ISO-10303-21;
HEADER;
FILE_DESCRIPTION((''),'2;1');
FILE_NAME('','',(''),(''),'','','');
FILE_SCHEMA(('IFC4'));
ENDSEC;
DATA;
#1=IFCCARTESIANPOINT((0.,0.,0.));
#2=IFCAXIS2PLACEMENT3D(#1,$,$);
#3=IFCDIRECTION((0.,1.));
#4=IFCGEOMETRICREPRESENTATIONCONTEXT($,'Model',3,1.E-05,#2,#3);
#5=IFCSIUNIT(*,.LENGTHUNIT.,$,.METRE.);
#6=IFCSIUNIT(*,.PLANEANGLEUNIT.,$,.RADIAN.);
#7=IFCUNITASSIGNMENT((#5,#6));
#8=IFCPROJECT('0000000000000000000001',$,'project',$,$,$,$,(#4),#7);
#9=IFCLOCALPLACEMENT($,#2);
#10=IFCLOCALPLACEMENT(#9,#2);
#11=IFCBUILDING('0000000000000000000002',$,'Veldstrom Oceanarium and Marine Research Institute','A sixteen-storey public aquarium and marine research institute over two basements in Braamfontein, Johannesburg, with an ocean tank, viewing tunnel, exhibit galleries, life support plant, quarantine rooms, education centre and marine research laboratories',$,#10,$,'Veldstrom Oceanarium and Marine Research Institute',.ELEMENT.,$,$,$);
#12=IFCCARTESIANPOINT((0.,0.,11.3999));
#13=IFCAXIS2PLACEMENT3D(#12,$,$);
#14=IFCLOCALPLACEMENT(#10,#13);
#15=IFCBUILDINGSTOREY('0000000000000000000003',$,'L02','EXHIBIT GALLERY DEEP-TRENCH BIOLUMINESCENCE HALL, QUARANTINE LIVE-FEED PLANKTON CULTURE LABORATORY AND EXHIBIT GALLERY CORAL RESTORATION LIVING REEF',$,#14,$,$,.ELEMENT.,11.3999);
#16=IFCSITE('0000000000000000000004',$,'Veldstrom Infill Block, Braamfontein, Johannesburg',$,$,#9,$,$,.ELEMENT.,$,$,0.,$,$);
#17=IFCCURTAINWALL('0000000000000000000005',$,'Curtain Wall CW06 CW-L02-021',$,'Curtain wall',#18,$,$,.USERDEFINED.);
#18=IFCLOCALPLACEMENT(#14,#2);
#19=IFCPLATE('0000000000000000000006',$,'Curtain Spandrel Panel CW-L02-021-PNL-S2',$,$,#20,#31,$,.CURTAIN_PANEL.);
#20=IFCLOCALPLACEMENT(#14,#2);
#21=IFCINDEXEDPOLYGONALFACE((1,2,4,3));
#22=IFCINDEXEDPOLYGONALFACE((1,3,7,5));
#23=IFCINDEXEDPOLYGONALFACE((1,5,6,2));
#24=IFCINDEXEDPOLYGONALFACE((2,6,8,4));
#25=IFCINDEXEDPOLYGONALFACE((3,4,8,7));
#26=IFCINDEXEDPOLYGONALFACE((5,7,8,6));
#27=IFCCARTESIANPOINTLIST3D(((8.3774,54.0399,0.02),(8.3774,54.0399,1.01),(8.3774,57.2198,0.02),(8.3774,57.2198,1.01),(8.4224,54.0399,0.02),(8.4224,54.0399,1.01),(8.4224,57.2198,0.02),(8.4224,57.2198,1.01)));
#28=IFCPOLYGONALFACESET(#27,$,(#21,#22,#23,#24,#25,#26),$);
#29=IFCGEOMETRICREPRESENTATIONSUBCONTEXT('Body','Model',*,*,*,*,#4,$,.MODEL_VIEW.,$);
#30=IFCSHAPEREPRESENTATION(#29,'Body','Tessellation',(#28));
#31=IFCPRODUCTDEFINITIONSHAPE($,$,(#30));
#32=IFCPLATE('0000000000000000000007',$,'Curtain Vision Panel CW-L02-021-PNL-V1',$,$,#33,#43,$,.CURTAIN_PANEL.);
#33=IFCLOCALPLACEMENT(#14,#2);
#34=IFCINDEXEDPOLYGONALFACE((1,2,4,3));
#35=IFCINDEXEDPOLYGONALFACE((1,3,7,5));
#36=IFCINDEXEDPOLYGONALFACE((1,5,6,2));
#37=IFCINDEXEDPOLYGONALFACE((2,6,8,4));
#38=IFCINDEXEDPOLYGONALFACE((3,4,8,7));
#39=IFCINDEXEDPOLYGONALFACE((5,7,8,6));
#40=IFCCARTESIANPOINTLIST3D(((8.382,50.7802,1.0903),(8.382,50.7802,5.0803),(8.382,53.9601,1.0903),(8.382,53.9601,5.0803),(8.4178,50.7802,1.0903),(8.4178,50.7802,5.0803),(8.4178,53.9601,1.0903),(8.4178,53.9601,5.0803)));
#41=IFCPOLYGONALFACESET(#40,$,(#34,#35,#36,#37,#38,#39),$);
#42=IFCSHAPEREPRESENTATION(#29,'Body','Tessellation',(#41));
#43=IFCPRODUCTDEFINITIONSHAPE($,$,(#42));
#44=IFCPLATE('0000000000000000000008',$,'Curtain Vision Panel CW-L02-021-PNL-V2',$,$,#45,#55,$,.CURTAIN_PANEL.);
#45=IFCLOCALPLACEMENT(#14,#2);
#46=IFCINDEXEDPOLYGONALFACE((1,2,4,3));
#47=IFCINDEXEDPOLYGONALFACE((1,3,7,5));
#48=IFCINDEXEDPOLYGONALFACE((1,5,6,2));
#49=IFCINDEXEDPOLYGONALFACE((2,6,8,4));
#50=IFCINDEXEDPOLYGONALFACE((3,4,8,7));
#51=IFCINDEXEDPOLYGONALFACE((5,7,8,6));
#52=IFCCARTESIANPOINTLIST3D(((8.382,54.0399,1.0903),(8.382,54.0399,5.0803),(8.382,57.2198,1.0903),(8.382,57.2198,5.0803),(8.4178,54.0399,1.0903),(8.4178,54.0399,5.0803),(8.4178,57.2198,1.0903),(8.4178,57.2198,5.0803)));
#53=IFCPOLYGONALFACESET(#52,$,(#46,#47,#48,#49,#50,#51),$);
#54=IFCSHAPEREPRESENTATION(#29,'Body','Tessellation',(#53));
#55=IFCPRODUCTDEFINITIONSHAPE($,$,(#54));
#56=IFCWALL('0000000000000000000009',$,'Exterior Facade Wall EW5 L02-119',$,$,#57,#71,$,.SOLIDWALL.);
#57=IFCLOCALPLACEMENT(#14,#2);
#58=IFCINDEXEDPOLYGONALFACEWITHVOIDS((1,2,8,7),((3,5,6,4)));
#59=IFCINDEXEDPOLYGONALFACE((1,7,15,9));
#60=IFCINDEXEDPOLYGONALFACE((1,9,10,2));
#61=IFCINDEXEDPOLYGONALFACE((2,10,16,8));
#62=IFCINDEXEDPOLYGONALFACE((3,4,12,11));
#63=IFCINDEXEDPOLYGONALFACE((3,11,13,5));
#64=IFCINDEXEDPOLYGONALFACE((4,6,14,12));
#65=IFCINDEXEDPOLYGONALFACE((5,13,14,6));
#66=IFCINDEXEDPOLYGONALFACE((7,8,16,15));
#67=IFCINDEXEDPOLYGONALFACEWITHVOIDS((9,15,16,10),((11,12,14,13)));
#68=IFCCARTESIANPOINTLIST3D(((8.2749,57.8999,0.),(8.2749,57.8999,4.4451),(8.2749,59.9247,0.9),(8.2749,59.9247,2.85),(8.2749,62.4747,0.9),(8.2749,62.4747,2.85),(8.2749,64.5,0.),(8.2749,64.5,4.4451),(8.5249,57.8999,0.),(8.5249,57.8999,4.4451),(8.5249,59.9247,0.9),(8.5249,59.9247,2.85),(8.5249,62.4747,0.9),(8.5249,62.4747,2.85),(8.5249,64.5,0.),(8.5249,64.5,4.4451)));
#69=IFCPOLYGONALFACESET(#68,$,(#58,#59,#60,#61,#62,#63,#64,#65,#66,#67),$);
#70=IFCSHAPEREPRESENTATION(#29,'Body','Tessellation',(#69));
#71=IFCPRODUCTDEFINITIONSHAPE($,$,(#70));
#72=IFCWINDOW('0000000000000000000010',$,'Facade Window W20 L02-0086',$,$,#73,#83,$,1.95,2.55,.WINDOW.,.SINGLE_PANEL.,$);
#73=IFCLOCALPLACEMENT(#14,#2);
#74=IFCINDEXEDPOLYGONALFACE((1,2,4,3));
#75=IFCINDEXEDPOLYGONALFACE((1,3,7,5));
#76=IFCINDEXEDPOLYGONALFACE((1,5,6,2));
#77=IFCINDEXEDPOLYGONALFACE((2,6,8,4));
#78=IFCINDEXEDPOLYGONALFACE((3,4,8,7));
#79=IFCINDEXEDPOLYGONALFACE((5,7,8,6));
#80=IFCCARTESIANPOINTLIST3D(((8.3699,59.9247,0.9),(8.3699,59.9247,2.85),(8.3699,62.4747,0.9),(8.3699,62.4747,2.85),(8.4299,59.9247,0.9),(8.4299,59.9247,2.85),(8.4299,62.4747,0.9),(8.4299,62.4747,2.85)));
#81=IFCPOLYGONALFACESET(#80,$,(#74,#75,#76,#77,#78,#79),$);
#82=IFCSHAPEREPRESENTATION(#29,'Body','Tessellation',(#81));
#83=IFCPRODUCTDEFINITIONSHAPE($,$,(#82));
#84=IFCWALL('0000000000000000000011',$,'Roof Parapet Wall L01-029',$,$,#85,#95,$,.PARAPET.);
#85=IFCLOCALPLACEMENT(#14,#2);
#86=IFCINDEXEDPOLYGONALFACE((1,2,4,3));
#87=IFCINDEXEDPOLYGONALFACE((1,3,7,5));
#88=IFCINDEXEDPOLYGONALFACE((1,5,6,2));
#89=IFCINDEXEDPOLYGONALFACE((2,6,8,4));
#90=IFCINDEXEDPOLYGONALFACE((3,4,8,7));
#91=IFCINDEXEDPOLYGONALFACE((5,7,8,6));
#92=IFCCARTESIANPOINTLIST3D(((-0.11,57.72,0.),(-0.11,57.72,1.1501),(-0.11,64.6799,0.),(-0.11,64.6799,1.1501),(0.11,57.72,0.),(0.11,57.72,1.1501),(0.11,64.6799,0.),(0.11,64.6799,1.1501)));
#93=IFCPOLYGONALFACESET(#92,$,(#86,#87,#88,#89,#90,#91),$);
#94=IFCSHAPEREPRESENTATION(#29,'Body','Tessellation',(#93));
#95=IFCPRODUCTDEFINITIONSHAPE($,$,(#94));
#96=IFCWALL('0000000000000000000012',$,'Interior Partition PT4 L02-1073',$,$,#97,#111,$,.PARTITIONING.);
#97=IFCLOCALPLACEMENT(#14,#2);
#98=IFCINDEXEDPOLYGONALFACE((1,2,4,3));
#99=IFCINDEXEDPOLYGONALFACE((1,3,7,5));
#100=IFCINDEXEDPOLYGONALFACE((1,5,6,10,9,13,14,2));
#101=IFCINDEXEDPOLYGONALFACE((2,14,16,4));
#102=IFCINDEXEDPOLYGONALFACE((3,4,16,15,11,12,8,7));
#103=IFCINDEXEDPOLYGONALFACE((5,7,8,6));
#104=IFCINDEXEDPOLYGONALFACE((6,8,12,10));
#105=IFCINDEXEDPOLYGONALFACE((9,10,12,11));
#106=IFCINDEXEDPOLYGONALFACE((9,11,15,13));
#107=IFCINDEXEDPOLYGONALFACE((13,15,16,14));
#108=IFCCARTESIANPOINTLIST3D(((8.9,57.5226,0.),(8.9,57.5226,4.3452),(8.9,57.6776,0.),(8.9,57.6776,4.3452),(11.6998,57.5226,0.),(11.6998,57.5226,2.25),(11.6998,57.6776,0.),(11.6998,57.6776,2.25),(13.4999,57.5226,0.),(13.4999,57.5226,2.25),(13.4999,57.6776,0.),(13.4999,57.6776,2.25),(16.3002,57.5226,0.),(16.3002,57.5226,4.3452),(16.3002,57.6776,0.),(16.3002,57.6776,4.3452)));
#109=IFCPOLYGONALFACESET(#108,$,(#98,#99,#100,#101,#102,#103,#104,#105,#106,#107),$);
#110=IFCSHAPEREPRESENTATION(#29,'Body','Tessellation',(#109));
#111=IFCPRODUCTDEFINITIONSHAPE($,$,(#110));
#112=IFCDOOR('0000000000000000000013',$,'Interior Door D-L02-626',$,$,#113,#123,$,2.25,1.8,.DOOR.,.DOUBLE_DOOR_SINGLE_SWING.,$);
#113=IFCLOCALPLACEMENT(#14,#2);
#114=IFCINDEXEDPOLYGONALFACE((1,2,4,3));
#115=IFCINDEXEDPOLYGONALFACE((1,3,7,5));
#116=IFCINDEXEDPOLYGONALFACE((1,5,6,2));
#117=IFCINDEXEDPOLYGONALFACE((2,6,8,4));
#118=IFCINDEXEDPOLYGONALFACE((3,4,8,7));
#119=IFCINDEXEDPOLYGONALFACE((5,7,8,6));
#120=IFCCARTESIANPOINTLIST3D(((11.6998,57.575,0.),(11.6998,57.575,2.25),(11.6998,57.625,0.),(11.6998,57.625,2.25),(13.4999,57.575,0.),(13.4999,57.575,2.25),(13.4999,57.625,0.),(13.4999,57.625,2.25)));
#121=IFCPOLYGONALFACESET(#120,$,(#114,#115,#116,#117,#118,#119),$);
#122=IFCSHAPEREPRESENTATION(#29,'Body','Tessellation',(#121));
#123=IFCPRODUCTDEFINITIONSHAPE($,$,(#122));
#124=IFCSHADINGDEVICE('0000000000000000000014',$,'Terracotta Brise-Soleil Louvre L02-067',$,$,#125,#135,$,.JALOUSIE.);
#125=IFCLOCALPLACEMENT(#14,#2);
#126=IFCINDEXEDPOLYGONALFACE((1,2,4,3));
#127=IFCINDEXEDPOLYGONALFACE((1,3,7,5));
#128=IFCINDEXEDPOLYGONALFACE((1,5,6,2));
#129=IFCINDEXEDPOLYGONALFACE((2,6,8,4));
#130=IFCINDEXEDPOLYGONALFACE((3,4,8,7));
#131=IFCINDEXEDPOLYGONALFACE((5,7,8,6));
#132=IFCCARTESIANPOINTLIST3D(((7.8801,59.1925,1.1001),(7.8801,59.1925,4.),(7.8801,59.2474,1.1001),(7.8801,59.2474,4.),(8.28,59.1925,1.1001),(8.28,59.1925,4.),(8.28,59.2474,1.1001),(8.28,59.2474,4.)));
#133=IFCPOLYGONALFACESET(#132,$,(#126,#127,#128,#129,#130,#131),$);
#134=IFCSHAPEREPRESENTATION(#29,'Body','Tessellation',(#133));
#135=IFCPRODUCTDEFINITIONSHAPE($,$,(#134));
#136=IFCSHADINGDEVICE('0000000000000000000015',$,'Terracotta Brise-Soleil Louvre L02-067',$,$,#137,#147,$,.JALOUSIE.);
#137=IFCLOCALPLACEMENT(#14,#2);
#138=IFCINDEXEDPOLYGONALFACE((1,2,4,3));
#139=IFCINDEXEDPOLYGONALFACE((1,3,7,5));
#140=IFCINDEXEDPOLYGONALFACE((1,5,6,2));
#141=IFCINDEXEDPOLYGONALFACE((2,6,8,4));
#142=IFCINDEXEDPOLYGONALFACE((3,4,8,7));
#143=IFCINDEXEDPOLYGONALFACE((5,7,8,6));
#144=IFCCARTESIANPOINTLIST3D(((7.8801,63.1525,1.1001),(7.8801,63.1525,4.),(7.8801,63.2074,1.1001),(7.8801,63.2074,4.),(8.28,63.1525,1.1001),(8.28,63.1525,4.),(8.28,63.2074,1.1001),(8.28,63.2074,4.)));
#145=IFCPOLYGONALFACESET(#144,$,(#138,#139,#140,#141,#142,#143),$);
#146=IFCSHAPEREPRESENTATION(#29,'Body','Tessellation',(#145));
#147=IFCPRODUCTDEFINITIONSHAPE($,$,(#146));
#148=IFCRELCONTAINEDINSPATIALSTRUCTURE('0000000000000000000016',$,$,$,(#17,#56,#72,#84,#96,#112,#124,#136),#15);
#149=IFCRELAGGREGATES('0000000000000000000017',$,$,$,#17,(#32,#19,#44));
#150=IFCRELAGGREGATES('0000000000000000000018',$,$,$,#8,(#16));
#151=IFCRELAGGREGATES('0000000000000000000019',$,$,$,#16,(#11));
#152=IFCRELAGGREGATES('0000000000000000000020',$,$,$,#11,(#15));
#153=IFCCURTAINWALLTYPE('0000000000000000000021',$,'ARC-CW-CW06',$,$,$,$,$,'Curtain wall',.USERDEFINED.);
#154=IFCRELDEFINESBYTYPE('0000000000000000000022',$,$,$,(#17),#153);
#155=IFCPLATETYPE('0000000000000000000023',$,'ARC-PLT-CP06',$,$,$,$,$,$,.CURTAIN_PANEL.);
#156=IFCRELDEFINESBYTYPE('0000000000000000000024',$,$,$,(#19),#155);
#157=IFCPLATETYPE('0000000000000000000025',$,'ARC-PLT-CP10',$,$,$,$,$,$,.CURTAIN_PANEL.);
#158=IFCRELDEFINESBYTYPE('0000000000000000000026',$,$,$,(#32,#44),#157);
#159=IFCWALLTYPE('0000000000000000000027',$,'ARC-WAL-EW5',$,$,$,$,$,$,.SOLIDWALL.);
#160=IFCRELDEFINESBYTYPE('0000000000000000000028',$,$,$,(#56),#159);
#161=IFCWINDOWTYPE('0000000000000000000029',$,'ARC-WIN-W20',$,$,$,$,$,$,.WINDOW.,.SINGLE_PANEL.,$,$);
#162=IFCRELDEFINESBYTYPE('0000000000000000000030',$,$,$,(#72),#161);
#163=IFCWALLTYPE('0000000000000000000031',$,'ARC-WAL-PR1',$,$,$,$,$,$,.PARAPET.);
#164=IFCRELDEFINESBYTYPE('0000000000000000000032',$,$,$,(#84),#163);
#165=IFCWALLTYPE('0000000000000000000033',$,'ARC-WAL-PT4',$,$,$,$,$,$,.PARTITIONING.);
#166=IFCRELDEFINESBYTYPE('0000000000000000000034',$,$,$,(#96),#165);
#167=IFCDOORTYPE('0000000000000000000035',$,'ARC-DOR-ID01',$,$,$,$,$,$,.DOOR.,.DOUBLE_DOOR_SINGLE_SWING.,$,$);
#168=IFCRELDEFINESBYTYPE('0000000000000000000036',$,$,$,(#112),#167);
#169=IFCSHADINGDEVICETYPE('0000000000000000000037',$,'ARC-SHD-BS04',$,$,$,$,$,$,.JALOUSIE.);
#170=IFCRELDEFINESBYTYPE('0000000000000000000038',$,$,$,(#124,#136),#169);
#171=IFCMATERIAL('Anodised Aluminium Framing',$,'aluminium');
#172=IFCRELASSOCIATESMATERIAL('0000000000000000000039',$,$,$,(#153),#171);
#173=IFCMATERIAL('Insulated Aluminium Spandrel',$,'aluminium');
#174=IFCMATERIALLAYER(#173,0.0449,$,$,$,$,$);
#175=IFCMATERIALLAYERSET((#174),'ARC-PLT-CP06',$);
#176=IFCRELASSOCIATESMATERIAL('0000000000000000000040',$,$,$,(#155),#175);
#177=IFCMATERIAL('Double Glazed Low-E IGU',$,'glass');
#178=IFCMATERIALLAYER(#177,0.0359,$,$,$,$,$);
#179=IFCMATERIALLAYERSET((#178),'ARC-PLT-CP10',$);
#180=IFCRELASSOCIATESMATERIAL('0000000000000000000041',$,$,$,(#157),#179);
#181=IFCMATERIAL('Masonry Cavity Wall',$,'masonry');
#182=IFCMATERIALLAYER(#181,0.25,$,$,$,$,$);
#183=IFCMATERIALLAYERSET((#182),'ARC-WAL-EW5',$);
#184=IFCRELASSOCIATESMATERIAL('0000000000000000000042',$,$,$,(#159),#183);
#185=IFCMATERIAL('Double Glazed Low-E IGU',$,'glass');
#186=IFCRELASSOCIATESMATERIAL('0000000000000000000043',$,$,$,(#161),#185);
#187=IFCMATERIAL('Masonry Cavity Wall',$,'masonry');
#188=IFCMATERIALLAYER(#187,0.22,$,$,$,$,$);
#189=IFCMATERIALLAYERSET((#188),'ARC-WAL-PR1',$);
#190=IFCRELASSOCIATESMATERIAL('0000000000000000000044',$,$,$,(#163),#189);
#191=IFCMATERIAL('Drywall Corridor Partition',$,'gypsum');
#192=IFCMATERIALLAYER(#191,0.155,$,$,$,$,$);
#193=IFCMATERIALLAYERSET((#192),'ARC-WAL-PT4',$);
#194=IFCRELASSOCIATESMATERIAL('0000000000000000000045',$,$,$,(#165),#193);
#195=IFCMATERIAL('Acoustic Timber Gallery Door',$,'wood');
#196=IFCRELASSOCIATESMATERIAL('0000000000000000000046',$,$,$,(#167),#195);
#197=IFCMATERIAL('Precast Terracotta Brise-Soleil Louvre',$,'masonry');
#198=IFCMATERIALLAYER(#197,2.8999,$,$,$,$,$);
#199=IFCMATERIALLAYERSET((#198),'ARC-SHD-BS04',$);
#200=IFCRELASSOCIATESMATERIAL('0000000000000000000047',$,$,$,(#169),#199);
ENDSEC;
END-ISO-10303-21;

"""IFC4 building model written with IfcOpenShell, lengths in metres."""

from ifc_helpers import new_model, si_unit, direction, frame, frame_2d, origin, origin_2d, place, context, subcontext, project, spatial, rectangle, extrude, material, layer, layer_set, type_object, element, fill, aggregate, save


model = new_model("IFC4")

# Units and contexts
model_context = context("Model", 3, precision=1e-05, world=origin(), true_north=direction((0.0, 1.0)))
body_context = subcontext(model_context, "Body", "Model", "MODEL_VIEW")
ifc_project = project(units=[si_unit("LENGTHUNIT", "METRE"), si_unit("PLANEANGLEUNIT", "RADIAN")], contexts=[model_context])

# Site, building, storey
site_placement = place(None, origin())
site = spatial("IfcSite", under=ifc_project, at=site_placement, Name="Veldstrom Infill Block, Braamfontein, Johannesburg", CompositionType="ELEMENT", RefElevation=0.0)
building_placement = place(site_placement, origin())
building = spatial("IfcBuilding", under=site, at=building_placement, Name="Veldstrom Oceanarium and Marine Research Institute", Description="A sixteen-storey public aquarium and marine research institute over two basements in Braamfontein, Johannesburg, with an ocean tank, viewing tunnel, exhibit galleries, life support plant, quarantine rooms, education centre and marine research laboratories", LongName="Veldstrom Oceanarium and Marine Research Institute", CompositionType="ELEMENT")
storey_placement = place(building_placement, frame((0.0, 0.0, 11.3999)))
storey = spatial("IfcBuildingStorey", under=building, at=storey_placement, Name="L02", Description="EXHIBIT GALLERY DEEP-TRENCH BIOLUMINESCENCE HALL, QUARANTINE LIVE-FEED PLANKTON CULTURE LABORATORY AND EXHIBIT GALLERY CORAL RESTORATION LIVING REEF", CompositionType="ELEMENT", Elevation=11.3999)

# Curtain wall
ifc_material_1 = material(Name="Anodised Aluminium Framing", Category="aluminium")
curtain_wall_type = type_object("IfcCurtainWallType", Name="ARC-CW-CW06", ElementType="Curtain wall", PredefinedType="USERDEFINED", material=ifc_material_1)
curtain_wall_placement = place(storey_placement, origin())
curtain_wall = element("IfcCurtainWall", 1, at=curtain_wall_placement, inside=storey, type_object=curtain_wall_type, Name="Curtain Wall CW06 CW-L02-021", ObjectType="Curtain wall", PredefinedType="USERDEFINED")

# Plates
ifc_material_2 = material(Name="Insulated Aluminium Spandrel", Category="aluminium")
ifc_layer_1 = layer(ifc_material_2, 0.0449)
ifc_layer_set_1 = layer_set([ifc_layer_1], Name="ARC-PLT-CP06")
plate_type_1 = type_object("IfcPlateType", Name="ARC-PLT-CP06", PredefinedType="CURTAIN_PANEL", material=ifc_layer_set_1)
plate_1_placement = place(storey_placement, frame((8.3999, 55.6299, 0.02), z_axis=(0.0, 0.0, 1.0), x_axis=(0.0, 1.0, 0.0)))
plate_1 = element("IfcPlate", 2, at=plate_1_placement, type_object=plate_type_1, Name="Curtain Spandrel Panel CW-L02-021-PNL-S2", PredefinedType="CURTAIN_PANEL", context=body_context, shape_type="SweptSolid", body=[
    extrude(rectangle(XDim=3.1799, YDim=0.0449, at=origin_2d()), origin(), (0.0, 0.0, 1.0), 0.99),
])
ifc_material_3 = material(Name="Double Glazed Low-E IGU", Category="glass")
ifc_layer_2 = layer(ifc_material_3, 0.0359)
ifc_layer_set_2 = layer_set([ifc_layer_2], Name="ARC-PLT-CP10")
plate_type_2 = type_object("IfcPlateType", Name="ARC-PLT-CP10", PredefinedType="CURTAIN_PANEL", material=ifc_layer_set_2)
plate_2_placement = place(storey_placement, frame((8.3999, 52.3701, 1.0903), z_axis=(0.0, 0.0, 1.0), x_axis=(0.0, 1.0, 0.0)))
plate_2 = element("IfcPlate", 3, at=plate_2_placement, type_object=plate_type_2, Name="Curtain Vision Panel CW-L02-021-PNL-V1", PredefinedType="CURTAIN_PANEL", context=body_context, shape_type="SweptSolid", body=[
    extrude(rectangle(XDim=3.1799, YDim=0.0359, at=origin_2d()), origin(), (0.0, 0.0, 1.0), 3.99),
])
plate_3_placement = place(storey_placement, frame((8.3999, 55.6299, 1.0903), z_axis=(0.0, 0.0, 1.0), x_axis=(0.0, 1.0, 0.0)))
plate_3 = element("IfcPlate", 4, at=plate_3_placement, type_object=plate_type_2, Name="Curtain Vision Panel CW-L02-021-PNL-V2", PredefinedType="CURTAIN_PANEL", context=body_context, shape_type="SweptSolid", body=[
    extrude(rectangle(XDim=3.1799, YDim=0.0359, at=origin_2d()), origin(), (0.0, 0.0, 1.0), 3.99),
])
aggregate(curtain_wall, [plate_2, plate_1, plate_3])

# Wall, opening, window
ifc_material_4 = material(Name="Masonry Cavity Wall", Category="masonry")
ifc_layer_3 = layer(ifc_material_4, 0.25)
ifc_layer_set_3 = layer_set([ifc_layer_3], Name="ARC-WAL-EW5")
wall_type_1 = type_object("IfcWallType", Name="ARC-WAL-EW5", PredefinedType="SOLIDWALL", material=ifc_layer_set_3)
wall_1_placement = place(storey_placement, frame((8.3999, 57.8999, 0.0), z_axis=(0.0, 0.0, 1.0), x_axis=(0.0, 1.0, 0.0)))
wall_1 = element("IfcWall", 5, at=wall_1_placement, inside=storey, type_object=wall_type_1, Name="Exterior Facade Wall EW5 L02-119", PredefinedType="SOLIDWALL", context=body_context, shape_type="SweptSolid", body=[
    extrude(rectangle(XDim=6.6001, YDim=0.25, at=frame_2d((3.3, 0.0))), origin(), (0.0, 0.0, 1.0), 4.4451),
])
opening_1_placement = place(wall_1_placement, frame((2.0249, 0.0, 0.8999)))
opening_1 = element("IfcOpeningElement", 6, at=opening_1_placement, cuts=wall_1, PredefinedType="OPENING", context=body_context, shape_type="SweptSolid", body=[
    extrude(rectangle(XDim=2.55, YDim=1.95, at=frame_2d((1.2749, 0.9751))), frame((0.0, 0.135, 0.0), z_axis=(0.0, -1.0, 0.0), x_axis=(1.0, 0.0, 0.0)), (0.0, 0.0, 1.0), 0.27),
])
ifc_material_5 = material(Name="Double Glazed Low-E IGU", Category="glass")
window_type = type_object("IfcWindowType", Name="ARC-WIN-W20", PartitioningType="SINGLE_PANEL", PredefinedType="WINDOW", material=ifc_material_5)
window_placement = place(opening_1_placement, origin())
window = element("IfcWindow", 7, at=window_placement, inside=storey, type_object=window_type, Name="Facade Window W20 L02-0086", OverallHeight=1.95, OverallWidth=2.55, PartitioningType="SINGLE_PANEL", PredefinedType="WINDOW", context=body_context, shape_type="SweptSolid", body=[
    extrude(rectangle(XDim=2.55, YDim=1.95, at=frame_2d((1.2749, 0.9751))), frame((0.0, 0.03, 0.0), z_axis=(0.0, -1.0, 0.0), x_axis=(1.0, 0.0, 0.0)), (0.0, 0.0, 1.0), 0.0601),
])
fill(opening_1, window)

# Wall
ifc_material_6 = material(Name="Masonry Cavity Wall", Category="masonry")
ifc_layer_4 = layer(ifc_material_6, 0.22)
ifc_layer_set_4 = layer_set([ifc_layer_4], Name="ARC-WAL-PR1")
wall_type_2 = type_object("IfcWallType", Name="ARC-WAL-PR1", PredefinedType="PARAPET", material=ifc_layer_set_4)
wall_2_placement = place(storey_placement, frame((0.0, 57.72, 0.0), z_axis=(0.0, 0.0, 1.0), x_axis=(0.0, 1.0, 0.0)))
element("IfcWall", 8, at=wall_2_placement, inside=storey, type_object=wall_type_2, Name="Roof Parapet Wall L01-029", PredefinedType="PARAPET", context=body_context, shape_type="SweptSolid", body=[
    extrude(rectangle(XDim=6.96, YDim=0.22, at=frame_2d((3.48, 0.0))), origin(), (0.0, 0.0, 1.0), 1.1501),
])

# Wall, opening, door
ifc_material_7 = material(Name="Drywall Corridor Partition", Category="gypsum")
ifc_layer_5 = layer(ifc_material_7, 0.155)
ifc_layer_set_5 = layer_set([ifc_layer_5], Name="ARC-WAL-PT4")
wall_type_3 = type_object("IfcWallType", Name="ARC-WAL-PT4", PredefinedType="PARTITIONING", material=ifc_layer_set_5)
wall_3_placement = place(storey_placement, frame((8.8999, 57.6001, 0.0), z_axis=(0.0, 0.0, 1.0), x_axis=(1.0, 0.0, 0.0)))
wall_3 = element("IfcWall", 9, at=wall_3_placement, inside=storey, type_object=wall_type_3, Name="Interior Partition PT4 L02-1073", PredefinedType="PARTITIONING", context=body_context, shape_type="SweptSolid", body=[
    extrude(rectangle(XDim=7.4001, YDim=0.155, at=frame_2d((3.7002, 0.0))), origin(), (0.0, 0.0, 1.0), 4.3452),
])
opening_2_placement = place(wall_3_placement, frame((2.8, 0.0, 0.0)))
opening_2 = element("IfcOpeningElement", 10, at=opening_2_placement, cuts=wall_3, PredefinedType="OPENING", context=body_context, shape_type="SweptSolid", body=[
    extrude(rectangle(XDim=1.8, YDim=2.25, at=frame_2d((0.8999, 1.125))), frame((0.0, 0.0874, 0.0), z_axis=(0.0, -1.0, 0.0), x_axis=(1.0, 0.0, 0.0)), (0.0, 0.0, 1.0), 0.175),
])
ifc_material_8 = material(Name="Acoustic Timber Gallery Door", Category="wood")
door_type = type_object("IfcDoorType", Name="ARC-DOR-ID01", OperationType="DOUBLE_DOOR_SINGLE_SWING", PredefinedType="DOOR", material=ifc_material_8)
door_placement = place(opening_2_placement, origin())
door = element("IfcDoor", 11, at=door_placement, inside=storey, type_object=door_type, Name="Interior Door D-L02-626", OperationType="DOUBLE_DOOR_SINGLE_SWING", OverallHeight=2.25, OverallWidth=1.8, PredefinedType="DOOR", context=body_context, shape_type="SweptSolid", body=[
    extrude(rectangle(XDim=1.8, YDim=2.25, at=frame_2d((0.8999, 1.125))), frame((0.0, 0.0249, 0.0), z_axis=(0.0, -1.0, 0.0), x_axis=(1.0, 0.0, 0.0)), (0.0, 0.0, 1.0), 0.05),
])
fill(opening_2, door)

# Shading devices
ifc_material_9 = material(Name="Precast Terracotta Brise-Soleil Louvre", Category="masonry")
ifc_layer_6 = layer(ifc_material_9, 2.8999)
ifc_layer_set_6 = layer_set([ifc_layer_6], Name="ARC-SHD-BS04")
shading_device_type = type_object("IfcShadingDeviceType", Name="ARC-SHD-BS04", PredefinedType="JALOUSIE", material=ifc_layer_set_6)
for number, where, z_axis, x_axis, name in (
    (12, (8.0801, 59.22, 1.1001), (0.0, 0.0, 1.0), (1.0, 0.0, 0.0), "Terracotta Brise-Soleil Louvre L02-067"),
    (13, (8.0801, 63.1799, 1.1001), (0.0, 0.0, 1.0), (1.0, 0.0, 0.0), "Terracotta Brise-Soleil Louvre L02-067"),
):
    element("IfcShadingDevice", number, at=place(storey_placement, frame(where, z_axis=z_axis, x_axis=x_axis)), inside=storey, type_object=shading_device_type, Name=name, PredefinedType="JALOUSIE", context=body_context, shape_type="SweptSolid", body=[
        extrude(rectangle(XDim=0.3999, YDim=0.0549, at=origin_2d()), origin(), (0.0, 0.0, 1.0), 2.8999),
    ])

save(model, "model.ifc")
